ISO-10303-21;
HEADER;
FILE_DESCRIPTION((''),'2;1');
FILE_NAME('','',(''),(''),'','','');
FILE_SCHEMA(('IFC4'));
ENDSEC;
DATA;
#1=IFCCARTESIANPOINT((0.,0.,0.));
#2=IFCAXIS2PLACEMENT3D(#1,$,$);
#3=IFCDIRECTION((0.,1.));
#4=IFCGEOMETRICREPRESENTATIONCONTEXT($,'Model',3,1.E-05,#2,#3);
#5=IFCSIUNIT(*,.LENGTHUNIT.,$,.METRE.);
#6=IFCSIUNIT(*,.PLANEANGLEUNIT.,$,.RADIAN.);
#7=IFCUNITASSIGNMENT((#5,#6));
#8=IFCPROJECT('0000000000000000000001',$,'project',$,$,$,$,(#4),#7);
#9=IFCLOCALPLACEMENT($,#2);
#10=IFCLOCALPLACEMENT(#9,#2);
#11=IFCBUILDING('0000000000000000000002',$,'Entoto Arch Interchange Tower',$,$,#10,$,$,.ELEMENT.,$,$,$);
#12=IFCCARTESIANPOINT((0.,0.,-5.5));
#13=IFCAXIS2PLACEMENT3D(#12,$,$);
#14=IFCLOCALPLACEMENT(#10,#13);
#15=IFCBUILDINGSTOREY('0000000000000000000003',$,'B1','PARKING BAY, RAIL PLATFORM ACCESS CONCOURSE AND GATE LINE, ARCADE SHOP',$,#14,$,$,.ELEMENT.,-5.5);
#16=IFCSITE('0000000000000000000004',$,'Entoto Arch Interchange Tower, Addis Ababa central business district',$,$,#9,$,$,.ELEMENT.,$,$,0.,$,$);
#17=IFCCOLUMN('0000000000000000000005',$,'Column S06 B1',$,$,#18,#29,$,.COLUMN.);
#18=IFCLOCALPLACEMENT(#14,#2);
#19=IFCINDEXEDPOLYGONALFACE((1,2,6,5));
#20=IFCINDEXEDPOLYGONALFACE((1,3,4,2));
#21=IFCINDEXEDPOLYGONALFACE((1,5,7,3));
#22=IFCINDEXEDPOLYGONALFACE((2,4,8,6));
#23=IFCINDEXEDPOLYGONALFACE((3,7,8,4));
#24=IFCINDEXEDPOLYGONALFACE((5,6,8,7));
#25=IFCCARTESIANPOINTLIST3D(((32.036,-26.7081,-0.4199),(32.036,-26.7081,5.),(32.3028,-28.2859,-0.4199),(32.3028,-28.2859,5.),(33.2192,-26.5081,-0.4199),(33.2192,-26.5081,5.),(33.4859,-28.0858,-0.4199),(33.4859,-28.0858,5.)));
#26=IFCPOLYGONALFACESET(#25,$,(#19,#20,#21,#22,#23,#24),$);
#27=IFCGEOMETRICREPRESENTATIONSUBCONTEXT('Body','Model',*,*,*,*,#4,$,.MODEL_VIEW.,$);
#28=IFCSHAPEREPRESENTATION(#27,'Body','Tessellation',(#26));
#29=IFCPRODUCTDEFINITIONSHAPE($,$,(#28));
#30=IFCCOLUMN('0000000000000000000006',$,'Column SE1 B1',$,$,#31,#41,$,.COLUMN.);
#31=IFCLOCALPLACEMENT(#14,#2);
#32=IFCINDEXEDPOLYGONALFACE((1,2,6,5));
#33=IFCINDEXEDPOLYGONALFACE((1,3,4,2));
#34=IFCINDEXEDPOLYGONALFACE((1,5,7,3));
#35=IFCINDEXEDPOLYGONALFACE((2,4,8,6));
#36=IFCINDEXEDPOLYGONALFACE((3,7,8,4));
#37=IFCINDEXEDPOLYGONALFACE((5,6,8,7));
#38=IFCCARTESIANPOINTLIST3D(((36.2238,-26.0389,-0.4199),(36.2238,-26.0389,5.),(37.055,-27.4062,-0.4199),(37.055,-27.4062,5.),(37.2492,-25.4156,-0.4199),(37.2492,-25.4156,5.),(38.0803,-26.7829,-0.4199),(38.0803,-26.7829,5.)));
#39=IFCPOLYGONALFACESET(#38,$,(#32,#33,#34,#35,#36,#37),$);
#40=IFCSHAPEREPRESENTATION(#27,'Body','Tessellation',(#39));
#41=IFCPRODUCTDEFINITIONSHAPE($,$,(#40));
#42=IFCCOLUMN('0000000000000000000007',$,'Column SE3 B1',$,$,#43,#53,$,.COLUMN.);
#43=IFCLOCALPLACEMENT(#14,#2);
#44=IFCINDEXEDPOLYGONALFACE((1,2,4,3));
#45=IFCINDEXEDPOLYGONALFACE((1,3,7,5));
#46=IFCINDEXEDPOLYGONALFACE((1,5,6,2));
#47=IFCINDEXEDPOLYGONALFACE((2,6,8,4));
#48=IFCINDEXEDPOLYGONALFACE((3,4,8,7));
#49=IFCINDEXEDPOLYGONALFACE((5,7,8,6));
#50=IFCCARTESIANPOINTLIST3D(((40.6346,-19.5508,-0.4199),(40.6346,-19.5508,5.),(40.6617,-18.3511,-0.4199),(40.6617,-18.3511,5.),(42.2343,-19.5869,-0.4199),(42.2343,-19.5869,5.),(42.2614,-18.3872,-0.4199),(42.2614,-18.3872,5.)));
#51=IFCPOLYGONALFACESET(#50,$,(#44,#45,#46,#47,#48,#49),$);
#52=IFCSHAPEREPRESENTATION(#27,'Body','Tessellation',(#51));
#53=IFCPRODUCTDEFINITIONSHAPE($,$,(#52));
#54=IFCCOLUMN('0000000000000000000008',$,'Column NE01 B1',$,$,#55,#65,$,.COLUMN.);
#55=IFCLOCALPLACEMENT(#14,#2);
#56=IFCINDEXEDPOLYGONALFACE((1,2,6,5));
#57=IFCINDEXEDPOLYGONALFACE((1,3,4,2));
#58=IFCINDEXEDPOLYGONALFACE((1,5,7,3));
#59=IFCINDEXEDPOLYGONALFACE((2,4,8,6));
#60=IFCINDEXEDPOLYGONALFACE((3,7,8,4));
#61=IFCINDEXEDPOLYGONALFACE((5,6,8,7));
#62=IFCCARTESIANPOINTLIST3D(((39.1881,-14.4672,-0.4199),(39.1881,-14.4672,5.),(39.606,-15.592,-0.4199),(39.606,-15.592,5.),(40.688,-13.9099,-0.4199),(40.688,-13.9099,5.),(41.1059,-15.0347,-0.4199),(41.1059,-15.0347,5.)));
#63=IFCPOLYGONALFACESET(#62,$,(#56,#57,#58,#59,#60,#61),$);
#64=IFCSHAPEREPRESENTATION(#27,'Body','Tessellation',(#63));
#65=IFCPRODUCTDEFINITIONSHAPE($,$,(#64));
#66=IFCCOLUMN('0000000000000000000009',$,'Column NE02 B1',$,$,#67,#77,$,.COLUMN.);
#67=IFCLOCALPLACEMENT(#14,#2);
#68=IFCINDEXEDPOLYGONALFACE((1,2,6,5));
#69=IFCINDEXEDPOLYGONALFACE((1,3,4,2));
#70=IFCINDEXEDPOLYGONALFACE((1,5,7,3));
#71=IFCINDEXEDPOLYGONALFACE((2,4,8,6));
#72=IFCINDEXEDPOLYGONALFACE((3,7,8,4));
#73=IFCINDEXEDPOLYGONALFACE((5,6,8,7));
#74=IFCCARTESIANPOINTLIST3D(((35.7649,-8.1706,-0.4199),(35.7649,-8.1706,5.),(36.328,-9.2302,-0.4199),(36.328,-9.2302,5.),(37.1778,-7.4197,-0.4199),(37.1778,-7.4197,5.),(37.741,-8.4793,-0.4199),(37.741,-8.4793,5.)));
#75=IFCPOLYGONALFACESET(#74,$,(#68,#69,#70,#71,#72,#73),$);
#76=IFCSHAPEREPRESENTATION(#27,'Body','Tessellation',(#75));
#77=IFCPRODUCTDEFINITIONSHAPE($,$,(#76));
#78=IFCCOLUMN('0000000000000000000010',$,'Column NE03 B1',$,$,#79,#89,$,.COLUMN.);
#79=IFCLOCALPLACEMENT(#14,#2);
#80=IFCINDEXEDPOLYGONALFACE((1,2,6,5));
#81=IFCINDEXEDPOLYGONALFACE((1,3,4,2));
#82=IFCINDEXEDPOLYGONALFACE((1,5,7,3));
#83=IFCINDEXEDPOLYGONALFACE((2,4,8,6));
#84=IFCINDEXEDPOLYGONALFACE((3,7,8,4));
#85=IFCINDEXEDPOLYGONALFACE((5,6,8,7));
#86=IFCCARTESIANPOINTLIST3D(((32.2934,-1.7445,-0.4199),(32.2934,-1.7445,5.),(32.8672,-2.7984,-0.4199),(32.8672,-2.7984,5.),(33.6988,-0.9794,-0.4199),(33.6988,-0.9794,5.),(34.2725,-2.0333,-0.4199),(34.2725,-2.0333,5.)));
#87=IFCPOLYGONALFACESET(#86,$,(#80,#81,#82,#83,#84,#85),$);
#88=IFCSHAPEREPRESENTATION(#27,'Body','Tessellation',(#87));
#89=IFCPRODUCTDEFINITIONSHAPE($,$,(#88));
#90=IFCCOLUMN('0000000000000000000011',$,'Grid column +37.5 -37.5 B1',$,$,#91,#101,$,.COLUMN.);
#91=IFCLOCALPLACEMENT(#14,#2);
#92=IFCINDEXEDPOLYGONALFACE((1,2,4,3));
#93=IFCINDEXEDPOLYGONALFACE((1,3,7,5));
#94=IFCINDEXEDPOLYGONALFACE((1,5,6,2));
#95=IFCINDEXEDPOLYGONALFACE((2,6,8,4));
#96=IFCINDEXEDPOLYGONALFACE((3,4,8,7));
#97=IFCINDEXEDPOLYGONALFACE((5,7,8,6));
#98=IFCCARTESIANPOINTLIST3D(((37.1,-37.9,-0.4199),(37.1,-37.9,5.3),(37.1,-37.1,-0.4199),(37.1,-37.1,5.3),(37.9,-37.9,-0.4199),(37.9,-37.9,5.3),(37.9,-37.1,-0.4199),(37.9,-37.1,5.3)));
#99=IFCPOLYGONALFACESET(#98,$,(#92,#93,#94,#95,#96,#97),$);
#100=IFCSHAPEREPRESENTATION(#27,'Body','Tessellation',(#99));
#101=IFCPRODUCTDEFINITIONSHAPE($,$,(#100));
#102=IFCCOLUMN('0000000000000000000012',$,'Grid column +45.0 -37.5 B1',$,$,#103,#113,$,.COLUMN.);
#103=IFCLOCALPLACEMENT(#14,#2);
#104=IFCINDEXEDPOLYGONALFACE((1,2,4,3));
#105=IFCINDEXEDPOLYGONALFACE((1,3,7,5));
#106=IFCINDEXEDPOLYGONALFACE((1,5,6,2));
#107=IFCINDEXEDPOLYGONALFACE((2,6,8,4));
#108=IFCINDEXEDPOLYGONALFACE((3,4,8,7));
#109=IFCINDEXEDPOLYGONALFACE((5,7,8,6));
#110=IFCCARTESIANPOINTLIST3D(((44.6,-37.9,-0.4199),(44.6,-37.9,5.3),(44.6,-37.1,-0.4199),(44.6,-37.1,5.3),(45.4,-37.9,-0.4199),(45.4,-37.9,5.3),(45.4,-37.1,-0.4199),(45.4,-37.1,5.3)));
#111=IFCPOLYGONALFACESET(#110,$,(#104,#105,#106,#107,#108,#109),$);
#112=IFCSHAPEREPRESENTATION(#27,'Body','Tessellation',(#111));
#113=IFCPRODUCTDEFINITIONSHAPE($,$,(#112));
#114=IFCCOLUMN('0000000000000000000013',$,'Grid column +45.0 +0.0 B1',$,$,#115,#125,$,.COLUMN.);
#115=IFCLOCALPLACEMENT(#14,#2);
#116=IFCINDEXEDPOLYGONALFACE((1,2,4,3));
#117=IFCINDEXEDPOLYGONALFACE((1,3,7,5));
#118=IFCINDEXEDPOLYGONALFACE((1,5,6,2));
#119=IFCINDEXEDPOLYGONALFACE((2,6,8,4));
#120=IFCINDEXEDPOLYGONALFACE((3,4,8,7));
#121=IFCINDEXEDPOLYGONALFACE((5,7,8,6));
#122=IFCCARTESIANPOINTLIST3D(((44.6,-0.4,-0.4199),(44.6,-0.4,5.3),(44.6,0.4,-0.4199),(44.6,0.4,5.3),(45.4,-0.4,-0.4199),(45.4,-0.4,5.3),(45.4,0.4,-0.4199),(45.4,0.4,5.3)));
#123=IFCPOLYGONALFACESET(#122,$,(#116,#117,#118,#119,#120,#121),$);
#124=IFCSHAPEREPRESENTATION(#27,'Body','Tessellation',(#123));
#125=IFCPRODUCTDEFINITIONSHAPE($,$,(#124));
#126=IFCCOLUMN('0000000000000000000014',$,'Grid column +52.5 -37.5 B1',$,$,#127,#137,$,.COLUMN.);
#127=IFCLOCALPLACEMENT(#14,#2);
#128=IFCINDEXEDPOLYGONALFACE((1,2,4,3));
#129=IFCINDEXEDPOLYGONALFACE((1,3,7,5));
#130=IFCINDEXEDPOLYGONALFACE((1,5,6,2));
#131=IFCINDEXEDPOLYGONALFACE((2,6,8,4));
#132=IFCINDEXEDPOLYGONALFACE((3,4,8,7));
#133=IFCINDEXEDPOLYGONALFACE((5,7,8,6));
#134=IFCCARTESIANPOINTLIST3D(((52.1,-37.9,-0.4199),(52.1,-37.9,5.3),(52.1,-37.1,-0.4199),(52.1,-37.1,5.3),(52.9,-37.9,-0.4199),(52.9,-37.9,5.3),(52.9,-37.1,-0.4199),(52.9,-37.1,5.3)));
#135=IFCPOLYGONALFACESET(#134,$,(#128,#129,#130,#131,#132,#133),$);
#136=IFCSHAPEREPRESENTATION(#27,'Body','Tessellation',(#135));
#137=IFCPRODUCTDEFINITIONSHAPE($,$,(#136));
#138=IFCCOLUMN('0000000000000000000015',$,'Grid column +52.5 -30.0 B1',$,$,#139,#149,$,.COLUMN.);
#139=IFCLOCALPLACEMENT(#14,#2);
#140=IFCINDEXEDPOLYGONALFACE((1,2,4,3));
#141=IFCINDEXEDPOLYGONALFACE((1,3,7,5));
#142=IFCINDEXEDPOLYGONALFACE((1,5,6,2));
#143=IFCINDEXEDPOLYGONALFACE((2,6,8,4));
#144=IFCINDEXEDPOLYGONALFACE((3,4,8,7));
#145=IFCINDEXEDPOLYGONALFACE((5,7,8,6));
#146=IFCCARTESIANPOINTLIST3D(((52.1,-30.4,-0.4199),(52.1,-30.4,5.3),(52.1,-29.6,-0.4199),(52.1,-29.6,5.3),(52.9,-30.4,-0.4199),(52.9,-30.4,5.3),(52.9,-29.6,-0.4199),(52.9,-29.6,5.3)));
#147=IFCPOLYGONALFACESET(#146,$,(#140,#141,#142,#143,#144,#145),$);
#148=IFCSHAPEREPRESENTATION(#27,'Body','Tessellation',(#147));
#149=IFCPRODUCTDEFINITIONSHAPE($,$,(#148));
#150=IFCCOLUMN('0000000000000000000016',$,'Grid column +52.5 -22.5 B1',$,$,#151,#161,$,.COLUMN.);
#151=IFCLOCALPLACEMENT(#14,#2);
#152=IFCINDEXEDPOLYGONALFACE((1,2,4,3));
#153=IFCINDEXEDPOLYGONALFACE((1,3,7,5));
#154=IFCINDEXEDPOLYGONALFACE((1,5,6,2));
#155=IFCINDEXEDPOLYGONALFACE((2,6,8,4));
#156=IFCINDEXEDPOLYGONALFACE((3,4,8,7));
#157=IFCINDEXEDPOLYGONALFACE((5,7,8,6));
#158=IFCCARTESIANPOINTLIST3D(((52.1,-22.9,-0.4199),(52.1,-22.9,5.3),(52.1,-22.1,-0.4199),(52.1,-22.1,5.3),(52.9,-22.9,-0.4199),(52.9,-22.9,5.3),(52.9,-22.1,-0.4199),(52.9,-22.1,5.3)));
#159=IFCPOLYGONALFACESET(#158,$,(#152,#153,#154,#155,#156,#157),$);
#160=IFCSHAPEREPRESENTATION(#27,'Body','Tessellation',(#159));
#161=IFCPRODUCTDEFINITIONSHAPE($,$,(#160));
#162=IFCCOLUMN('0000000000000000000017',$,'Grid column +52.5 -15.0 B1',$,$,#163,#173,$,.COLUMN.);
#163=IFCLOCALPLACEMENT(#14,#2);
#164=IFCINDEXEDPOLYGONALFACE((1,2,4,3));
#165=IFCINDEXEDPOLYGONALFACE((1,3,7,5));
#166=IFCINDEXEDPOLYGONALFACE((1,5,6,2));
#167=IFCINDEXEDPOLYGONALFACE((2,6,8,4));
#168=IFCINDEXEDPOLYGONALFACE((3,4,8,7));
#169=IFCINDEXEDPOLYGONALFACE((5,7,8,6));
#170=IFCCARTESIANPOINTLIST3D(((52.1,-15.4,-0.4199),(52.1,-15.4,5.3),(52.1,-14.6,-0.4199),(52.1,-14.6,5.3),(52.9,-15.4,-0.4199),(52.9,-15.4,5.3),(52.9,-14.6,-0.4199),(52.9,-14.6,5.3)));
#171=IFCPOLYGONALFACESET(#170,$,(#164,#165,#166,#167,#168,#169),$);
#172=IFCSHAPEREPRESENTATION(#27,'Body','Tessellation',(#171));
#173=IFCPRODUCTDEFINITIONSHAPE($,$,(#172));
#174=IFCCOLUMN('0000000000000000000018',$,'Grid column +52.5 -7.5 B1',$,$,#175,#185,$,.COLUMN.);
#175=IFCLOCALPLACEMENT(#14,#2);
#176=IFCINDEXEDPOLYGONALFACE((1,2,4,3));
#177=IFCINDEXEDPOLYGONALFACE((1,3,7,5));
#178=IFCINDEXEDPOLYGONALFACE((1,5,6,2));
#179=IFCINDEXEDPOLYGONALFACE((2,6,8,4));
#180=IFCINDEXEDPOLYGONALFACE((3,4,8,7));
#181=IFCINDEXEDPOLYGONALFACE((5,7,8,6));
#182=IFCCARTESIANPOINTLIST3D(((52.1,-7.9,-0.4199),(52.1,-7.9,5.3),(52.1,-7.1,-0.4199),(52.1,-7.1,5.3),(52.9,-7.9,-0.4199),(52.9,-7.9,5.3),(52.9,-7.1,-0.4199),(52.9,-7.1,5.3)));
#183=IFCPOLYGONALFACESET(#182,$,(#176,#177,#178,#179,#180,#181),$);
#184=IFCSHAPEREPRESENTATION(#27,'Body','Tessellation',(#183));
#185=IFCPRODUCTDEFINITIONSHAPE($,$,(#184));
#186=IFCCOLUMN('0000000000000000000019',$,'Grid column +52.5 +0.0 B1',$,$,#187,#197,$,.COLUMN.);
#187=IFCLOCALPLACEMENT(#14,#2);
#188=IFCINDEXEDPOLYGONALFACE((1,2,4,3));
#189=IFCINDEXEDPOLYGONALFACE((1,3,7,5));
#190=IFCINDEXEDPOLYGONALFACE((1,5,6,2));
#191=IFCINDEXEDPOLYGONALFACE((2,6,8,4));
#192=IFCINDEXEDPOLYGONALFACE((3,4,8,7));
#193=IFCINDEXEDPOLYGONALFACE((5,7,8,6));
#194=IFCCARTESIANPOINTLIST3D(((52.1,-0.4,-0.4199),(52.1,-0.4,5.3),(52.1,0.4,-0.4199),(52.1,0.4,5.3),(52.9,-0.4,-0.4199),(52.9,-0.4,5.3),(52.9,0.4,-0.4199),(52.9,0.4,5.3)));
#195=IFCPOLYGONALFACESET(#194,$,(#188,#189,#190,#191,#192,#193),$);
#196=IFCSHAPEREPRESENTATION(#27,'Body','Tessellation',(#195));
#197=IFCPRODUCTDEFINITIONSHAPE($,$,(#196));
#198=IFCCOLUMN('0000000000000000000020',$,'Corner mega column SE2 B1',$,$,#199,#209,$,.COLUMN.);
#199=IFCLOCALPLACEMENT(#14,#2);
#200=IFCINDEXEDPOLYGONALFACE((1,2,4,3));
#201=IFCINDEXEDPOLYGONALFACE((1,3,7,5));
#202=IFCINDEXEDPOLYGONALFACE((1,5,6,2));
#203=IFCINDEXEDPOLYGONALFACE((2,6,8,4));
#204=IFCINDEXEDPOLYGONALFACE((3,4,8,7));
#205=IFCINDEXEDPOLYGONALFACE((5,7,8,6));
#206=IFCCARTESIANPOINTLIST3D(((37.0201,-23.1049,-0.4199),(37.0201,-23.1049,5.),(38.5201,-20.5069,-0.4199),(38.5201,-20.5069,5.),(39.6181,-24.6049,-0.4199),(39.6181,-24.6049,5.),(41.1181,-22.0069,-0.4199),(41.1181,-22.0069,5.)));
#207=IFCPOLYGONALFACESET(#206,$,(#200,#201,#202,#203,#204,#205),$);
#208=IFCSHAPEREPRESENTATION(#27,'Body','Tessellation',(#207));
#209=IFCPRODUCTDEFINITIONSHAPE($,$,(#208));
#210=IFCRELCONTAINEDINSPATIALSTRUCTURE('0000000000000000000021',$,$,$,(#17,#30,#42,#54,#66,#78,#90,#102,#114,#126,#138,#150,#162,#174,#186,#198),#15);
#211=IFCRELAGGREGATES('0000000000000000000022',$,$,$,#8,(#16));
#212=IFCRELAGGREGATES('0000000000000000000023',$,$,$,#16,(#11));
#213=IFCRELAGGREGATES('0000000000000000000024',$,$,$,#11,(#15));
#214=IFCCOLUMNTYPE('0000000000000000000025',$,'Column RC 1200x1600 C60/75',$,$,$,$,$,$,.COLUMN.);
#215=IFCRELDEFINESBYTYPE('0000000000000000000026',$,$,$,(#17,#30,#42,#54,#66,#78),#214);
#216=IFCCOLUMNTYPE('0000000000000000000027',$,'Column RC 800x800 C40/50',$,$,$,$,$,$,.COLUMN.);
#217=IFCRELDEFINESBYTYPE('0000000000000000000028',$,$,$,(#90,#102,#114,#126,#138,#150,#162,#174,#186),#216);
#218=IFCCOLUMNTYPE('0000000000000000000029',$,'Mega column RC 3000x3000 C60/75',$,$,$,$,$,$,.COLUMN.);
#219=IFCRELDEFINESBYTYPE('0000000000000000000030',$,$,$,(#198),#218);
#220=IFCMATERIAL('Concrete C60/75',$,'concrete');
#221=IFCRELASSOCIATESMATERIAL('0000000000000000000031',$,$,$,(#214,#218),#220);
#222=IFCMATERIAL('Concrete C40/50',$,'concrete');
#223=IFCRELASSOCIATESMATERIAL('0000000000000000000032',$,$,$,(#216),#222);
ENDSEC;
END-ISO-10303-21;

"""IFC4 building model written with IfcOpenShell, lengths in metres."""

from ifc_helpers import new_model, si_unit, direction, frame, origin, origin_2d, place, context, subcontext, project, spatial, rectangle, extrude, material, material_profile, profile_set, type_object, element, save


model = new_model("IFC4")

# Units and contexts
model_context = context("Model", 3, precision=1e-05, world=origin(), true_north=direction((0.0, 1.0)))
body_context = subcontext(model_context, "Body", "Model", "MODEL_VIEW")
ifc_project = project(units=[si_unit("LENGTHUNIT", "METRE"), si_unit("PLANEANGLEUNIT", "RADIAN")], contexts=[model_context])

# Site, building, storey
site_placement = place(None, origin())
site = spatial("IfcSite", under=ifc_project, at=site_placement, Name="Entoto Arch Interchange Tower, Addis Ababa central business district", CompositionType="ELEMENT", RefElevation=0.0)
building_placement = place(site_placement, origin())
building = spatial("IfcBuilding", under=site, at=building_placement, Name="Entoto Arch Interchange Tower", CompositionType="ELEMENT")
storey_placement = place(building_placement, frame((0.0, 0.0, -5.5)))
storey = spatial("IfcBuildingStorey", under=building, at=storey_placement, Name="B1", Description="PARKING BAY, RAIL PLATFORM ACCESS CONCOURSE AND GATE LINE, ARCADE SHOP", CompositionType="ELEMENT", Elevation=-5.5)

# Columns
ifc_material_1 = material(Name="Concrete C60/75", Category="concrete")
ifc_material_profile_1 = material_profile(ifc_material_1, rectangle(XDim=1.2, YDim=1.6001, at=origin_2d()))
ifc_profile_set_1 = profile_set([ifc_material_profile_1], Name="Concrete C60/75")
column_type_1 = type_object("IfcColumnType", Name="Column RC 1200x1600 C60/75", PredefinedType="COLUMN", material=ifc_profile_set_1)
for number, where, z_axis, x_axis, name in (
    (1, (32.761, -27.397, -0.4199), (0.0, 0.0, 1.0), (0.986005, 0.166717, 0.0), "Column S06 B1"),
    (2, (37.1521, -26.4109, -0.4199), (0.0, 0.0, 1.0), (0.854522, 0.519415, 0.0), "Column SE1 B1"),
    (3, (41.448, -18.969, -0.4199), (0.0, 0.0, 1.0), (0.022565, 0.999745, 0.0), "Column SE3 B1"),
    (4, (40.147, -14.751, -0.4199), (0.0, 0.0, 1.0), (-0.348278, 0.937391, 0.0), "Column NE01 B1"),
    (5, (36.7529, -8.325, -0.4199), (0.0, 0.0, 1.0), (-0.469317, 0.88303, 0.0), "Column NE02 B1"),
    (6, (33.283, -1.8889, -0.4199), (0.0, 0.0, 1.0), (-0.47814, 0.878284, 0.0), "Column NE03 B1"),
):
    element("IfcColumn", number, at=place(storey_placement, frame(where, z_axis=z_axis, x_axis=x_axis)), inside=storey, type_object=column_type_1, Name=name, PredefinedType="COLUMN", context=body_context, shape_type="SweptSolid", body=[
        extrude(rectangle(XDim=1.2, YDim=1.6001, at=origin_2d()), origin(), (0.0, 0.0, 1.0), 5.4199),
    ])
ifc_material_2 = material(Name="Concrete C40/50", Category="concrete")
ifc_material_profile_2 = material_profile(ifc_material_2, rectangle(XDim=0.8, YDim=0.8, at=origin_2d()))
ifc_profile_set_2 = profile_set([ifc_material_profile_2], Name="Concrete C40/50")
column_type_2 = type_object("IfcColumnType", Name="Column RC 800x800 C40/50", PredefinedType="COLUMN", material=ifc_profile_set_2)
for number, where, z_axis, x_axis, name in (
    (7, (37.5, -37.5, -0.4199), (0.0, 0.0, 1.0), (1.0, 0.0, 0.0), "Grid column +37.5 -37.5 B1"),
    (8, (45.0, -37.5, -0.4199), (0.0, 0.0, 1.0), (1.0, 0.0, 0.0), "Grid column +45.0 -37.5 B1"),
    (9, (45.0, 0.0, -0.4199), (0.0, 0.0, 1.0), (1.0, 0.0, 0.0), "Grid column +45.0 +0.0 B1"),
    (10, (52.5, -37.5, -0.4199), (0.0, 0.0, 1.0), (1.0, 0.0, 0.0), "Grid column +52.5 -37.5 B1"),
    (11, (52.5, -30.0, -0.4199), (0.0, 0.0, 1.0), (1.0, 0.0, 0.0), "Grid column +52.5 -30.0 B1"),
    (12, (52.5, -22.5, -0.4199), (0.0, 0.0, 1.0), (1.0, 0.0, 0.0), "Grid column +52.5 -22.5 B1"),
    (13, (52.5, -15.0, -0.4199), (0.0, 0.0, 1.0), (1.0, 0.0, 0.0), "Grid column +52.5 -15.0 B1"),
    (14, (52.5, -7.5, -0.4199), (0.0, 0.0, 1.0), (1.0, 0.0, 0.0), "Grid column +52.5 -7.5 B1"),
    (15, (52.5, 0.0, -0.4199), (0.0, 0.0, 1.0), (1.0, 0.0, 0.0), "Grid column +52.5 +0.0 B1"),
):
    element("IfcColumn", number, at=place(storey_placement, frame(where, z_axis=z_axis, x_axis=x_axis)), inside=storey, type_object=column_type_2, Name=name, PredefinedType="COLUMN", context=body_context, shape_type="SweptSolid", body=[
        extrude(rectangle(XDim=0.8, YDim=0.8, at=origin_2d()), origin(), (0.0, 0.0, 1.0), 5.72),
    ])
ifc_material_profile_3 = material_profile(ifc_material_1, rectangle(XDim=3.0, YDim=3.0, at=origin_2d()))
ifc_profile_set_3 = profile_set([ifc_material_profile_3], Name="Concrete C60/75")
column_type_3 = type_object("IfcColumnType", Name="Mega column RC 3000x3000 C60/75", PredefinedType="COLUMN", material=ifc_profile_set_3)
column_placement = place(storey_placement, frame((39.0691, -22.5559, -0.4199), z_axis=(0.0, 0.0, 1.0), x_axis=(-0.866025, 0.5, 0.0)))
element("IfcColumn", 16, at=column_placement, inside=storey, type_object=column_type_3, Name="Corner mega column SE2 B1", PredefinedType="COLUMN", context=body_context, shape_type="SweptSolid", body=[
    extrude(rectangle(XDim=3.0, YDim=3.0, at=origin_2d()), origin(), (0.0, 0.0, 1.0), 5.4199),
])

save(model, "model.ifc")
